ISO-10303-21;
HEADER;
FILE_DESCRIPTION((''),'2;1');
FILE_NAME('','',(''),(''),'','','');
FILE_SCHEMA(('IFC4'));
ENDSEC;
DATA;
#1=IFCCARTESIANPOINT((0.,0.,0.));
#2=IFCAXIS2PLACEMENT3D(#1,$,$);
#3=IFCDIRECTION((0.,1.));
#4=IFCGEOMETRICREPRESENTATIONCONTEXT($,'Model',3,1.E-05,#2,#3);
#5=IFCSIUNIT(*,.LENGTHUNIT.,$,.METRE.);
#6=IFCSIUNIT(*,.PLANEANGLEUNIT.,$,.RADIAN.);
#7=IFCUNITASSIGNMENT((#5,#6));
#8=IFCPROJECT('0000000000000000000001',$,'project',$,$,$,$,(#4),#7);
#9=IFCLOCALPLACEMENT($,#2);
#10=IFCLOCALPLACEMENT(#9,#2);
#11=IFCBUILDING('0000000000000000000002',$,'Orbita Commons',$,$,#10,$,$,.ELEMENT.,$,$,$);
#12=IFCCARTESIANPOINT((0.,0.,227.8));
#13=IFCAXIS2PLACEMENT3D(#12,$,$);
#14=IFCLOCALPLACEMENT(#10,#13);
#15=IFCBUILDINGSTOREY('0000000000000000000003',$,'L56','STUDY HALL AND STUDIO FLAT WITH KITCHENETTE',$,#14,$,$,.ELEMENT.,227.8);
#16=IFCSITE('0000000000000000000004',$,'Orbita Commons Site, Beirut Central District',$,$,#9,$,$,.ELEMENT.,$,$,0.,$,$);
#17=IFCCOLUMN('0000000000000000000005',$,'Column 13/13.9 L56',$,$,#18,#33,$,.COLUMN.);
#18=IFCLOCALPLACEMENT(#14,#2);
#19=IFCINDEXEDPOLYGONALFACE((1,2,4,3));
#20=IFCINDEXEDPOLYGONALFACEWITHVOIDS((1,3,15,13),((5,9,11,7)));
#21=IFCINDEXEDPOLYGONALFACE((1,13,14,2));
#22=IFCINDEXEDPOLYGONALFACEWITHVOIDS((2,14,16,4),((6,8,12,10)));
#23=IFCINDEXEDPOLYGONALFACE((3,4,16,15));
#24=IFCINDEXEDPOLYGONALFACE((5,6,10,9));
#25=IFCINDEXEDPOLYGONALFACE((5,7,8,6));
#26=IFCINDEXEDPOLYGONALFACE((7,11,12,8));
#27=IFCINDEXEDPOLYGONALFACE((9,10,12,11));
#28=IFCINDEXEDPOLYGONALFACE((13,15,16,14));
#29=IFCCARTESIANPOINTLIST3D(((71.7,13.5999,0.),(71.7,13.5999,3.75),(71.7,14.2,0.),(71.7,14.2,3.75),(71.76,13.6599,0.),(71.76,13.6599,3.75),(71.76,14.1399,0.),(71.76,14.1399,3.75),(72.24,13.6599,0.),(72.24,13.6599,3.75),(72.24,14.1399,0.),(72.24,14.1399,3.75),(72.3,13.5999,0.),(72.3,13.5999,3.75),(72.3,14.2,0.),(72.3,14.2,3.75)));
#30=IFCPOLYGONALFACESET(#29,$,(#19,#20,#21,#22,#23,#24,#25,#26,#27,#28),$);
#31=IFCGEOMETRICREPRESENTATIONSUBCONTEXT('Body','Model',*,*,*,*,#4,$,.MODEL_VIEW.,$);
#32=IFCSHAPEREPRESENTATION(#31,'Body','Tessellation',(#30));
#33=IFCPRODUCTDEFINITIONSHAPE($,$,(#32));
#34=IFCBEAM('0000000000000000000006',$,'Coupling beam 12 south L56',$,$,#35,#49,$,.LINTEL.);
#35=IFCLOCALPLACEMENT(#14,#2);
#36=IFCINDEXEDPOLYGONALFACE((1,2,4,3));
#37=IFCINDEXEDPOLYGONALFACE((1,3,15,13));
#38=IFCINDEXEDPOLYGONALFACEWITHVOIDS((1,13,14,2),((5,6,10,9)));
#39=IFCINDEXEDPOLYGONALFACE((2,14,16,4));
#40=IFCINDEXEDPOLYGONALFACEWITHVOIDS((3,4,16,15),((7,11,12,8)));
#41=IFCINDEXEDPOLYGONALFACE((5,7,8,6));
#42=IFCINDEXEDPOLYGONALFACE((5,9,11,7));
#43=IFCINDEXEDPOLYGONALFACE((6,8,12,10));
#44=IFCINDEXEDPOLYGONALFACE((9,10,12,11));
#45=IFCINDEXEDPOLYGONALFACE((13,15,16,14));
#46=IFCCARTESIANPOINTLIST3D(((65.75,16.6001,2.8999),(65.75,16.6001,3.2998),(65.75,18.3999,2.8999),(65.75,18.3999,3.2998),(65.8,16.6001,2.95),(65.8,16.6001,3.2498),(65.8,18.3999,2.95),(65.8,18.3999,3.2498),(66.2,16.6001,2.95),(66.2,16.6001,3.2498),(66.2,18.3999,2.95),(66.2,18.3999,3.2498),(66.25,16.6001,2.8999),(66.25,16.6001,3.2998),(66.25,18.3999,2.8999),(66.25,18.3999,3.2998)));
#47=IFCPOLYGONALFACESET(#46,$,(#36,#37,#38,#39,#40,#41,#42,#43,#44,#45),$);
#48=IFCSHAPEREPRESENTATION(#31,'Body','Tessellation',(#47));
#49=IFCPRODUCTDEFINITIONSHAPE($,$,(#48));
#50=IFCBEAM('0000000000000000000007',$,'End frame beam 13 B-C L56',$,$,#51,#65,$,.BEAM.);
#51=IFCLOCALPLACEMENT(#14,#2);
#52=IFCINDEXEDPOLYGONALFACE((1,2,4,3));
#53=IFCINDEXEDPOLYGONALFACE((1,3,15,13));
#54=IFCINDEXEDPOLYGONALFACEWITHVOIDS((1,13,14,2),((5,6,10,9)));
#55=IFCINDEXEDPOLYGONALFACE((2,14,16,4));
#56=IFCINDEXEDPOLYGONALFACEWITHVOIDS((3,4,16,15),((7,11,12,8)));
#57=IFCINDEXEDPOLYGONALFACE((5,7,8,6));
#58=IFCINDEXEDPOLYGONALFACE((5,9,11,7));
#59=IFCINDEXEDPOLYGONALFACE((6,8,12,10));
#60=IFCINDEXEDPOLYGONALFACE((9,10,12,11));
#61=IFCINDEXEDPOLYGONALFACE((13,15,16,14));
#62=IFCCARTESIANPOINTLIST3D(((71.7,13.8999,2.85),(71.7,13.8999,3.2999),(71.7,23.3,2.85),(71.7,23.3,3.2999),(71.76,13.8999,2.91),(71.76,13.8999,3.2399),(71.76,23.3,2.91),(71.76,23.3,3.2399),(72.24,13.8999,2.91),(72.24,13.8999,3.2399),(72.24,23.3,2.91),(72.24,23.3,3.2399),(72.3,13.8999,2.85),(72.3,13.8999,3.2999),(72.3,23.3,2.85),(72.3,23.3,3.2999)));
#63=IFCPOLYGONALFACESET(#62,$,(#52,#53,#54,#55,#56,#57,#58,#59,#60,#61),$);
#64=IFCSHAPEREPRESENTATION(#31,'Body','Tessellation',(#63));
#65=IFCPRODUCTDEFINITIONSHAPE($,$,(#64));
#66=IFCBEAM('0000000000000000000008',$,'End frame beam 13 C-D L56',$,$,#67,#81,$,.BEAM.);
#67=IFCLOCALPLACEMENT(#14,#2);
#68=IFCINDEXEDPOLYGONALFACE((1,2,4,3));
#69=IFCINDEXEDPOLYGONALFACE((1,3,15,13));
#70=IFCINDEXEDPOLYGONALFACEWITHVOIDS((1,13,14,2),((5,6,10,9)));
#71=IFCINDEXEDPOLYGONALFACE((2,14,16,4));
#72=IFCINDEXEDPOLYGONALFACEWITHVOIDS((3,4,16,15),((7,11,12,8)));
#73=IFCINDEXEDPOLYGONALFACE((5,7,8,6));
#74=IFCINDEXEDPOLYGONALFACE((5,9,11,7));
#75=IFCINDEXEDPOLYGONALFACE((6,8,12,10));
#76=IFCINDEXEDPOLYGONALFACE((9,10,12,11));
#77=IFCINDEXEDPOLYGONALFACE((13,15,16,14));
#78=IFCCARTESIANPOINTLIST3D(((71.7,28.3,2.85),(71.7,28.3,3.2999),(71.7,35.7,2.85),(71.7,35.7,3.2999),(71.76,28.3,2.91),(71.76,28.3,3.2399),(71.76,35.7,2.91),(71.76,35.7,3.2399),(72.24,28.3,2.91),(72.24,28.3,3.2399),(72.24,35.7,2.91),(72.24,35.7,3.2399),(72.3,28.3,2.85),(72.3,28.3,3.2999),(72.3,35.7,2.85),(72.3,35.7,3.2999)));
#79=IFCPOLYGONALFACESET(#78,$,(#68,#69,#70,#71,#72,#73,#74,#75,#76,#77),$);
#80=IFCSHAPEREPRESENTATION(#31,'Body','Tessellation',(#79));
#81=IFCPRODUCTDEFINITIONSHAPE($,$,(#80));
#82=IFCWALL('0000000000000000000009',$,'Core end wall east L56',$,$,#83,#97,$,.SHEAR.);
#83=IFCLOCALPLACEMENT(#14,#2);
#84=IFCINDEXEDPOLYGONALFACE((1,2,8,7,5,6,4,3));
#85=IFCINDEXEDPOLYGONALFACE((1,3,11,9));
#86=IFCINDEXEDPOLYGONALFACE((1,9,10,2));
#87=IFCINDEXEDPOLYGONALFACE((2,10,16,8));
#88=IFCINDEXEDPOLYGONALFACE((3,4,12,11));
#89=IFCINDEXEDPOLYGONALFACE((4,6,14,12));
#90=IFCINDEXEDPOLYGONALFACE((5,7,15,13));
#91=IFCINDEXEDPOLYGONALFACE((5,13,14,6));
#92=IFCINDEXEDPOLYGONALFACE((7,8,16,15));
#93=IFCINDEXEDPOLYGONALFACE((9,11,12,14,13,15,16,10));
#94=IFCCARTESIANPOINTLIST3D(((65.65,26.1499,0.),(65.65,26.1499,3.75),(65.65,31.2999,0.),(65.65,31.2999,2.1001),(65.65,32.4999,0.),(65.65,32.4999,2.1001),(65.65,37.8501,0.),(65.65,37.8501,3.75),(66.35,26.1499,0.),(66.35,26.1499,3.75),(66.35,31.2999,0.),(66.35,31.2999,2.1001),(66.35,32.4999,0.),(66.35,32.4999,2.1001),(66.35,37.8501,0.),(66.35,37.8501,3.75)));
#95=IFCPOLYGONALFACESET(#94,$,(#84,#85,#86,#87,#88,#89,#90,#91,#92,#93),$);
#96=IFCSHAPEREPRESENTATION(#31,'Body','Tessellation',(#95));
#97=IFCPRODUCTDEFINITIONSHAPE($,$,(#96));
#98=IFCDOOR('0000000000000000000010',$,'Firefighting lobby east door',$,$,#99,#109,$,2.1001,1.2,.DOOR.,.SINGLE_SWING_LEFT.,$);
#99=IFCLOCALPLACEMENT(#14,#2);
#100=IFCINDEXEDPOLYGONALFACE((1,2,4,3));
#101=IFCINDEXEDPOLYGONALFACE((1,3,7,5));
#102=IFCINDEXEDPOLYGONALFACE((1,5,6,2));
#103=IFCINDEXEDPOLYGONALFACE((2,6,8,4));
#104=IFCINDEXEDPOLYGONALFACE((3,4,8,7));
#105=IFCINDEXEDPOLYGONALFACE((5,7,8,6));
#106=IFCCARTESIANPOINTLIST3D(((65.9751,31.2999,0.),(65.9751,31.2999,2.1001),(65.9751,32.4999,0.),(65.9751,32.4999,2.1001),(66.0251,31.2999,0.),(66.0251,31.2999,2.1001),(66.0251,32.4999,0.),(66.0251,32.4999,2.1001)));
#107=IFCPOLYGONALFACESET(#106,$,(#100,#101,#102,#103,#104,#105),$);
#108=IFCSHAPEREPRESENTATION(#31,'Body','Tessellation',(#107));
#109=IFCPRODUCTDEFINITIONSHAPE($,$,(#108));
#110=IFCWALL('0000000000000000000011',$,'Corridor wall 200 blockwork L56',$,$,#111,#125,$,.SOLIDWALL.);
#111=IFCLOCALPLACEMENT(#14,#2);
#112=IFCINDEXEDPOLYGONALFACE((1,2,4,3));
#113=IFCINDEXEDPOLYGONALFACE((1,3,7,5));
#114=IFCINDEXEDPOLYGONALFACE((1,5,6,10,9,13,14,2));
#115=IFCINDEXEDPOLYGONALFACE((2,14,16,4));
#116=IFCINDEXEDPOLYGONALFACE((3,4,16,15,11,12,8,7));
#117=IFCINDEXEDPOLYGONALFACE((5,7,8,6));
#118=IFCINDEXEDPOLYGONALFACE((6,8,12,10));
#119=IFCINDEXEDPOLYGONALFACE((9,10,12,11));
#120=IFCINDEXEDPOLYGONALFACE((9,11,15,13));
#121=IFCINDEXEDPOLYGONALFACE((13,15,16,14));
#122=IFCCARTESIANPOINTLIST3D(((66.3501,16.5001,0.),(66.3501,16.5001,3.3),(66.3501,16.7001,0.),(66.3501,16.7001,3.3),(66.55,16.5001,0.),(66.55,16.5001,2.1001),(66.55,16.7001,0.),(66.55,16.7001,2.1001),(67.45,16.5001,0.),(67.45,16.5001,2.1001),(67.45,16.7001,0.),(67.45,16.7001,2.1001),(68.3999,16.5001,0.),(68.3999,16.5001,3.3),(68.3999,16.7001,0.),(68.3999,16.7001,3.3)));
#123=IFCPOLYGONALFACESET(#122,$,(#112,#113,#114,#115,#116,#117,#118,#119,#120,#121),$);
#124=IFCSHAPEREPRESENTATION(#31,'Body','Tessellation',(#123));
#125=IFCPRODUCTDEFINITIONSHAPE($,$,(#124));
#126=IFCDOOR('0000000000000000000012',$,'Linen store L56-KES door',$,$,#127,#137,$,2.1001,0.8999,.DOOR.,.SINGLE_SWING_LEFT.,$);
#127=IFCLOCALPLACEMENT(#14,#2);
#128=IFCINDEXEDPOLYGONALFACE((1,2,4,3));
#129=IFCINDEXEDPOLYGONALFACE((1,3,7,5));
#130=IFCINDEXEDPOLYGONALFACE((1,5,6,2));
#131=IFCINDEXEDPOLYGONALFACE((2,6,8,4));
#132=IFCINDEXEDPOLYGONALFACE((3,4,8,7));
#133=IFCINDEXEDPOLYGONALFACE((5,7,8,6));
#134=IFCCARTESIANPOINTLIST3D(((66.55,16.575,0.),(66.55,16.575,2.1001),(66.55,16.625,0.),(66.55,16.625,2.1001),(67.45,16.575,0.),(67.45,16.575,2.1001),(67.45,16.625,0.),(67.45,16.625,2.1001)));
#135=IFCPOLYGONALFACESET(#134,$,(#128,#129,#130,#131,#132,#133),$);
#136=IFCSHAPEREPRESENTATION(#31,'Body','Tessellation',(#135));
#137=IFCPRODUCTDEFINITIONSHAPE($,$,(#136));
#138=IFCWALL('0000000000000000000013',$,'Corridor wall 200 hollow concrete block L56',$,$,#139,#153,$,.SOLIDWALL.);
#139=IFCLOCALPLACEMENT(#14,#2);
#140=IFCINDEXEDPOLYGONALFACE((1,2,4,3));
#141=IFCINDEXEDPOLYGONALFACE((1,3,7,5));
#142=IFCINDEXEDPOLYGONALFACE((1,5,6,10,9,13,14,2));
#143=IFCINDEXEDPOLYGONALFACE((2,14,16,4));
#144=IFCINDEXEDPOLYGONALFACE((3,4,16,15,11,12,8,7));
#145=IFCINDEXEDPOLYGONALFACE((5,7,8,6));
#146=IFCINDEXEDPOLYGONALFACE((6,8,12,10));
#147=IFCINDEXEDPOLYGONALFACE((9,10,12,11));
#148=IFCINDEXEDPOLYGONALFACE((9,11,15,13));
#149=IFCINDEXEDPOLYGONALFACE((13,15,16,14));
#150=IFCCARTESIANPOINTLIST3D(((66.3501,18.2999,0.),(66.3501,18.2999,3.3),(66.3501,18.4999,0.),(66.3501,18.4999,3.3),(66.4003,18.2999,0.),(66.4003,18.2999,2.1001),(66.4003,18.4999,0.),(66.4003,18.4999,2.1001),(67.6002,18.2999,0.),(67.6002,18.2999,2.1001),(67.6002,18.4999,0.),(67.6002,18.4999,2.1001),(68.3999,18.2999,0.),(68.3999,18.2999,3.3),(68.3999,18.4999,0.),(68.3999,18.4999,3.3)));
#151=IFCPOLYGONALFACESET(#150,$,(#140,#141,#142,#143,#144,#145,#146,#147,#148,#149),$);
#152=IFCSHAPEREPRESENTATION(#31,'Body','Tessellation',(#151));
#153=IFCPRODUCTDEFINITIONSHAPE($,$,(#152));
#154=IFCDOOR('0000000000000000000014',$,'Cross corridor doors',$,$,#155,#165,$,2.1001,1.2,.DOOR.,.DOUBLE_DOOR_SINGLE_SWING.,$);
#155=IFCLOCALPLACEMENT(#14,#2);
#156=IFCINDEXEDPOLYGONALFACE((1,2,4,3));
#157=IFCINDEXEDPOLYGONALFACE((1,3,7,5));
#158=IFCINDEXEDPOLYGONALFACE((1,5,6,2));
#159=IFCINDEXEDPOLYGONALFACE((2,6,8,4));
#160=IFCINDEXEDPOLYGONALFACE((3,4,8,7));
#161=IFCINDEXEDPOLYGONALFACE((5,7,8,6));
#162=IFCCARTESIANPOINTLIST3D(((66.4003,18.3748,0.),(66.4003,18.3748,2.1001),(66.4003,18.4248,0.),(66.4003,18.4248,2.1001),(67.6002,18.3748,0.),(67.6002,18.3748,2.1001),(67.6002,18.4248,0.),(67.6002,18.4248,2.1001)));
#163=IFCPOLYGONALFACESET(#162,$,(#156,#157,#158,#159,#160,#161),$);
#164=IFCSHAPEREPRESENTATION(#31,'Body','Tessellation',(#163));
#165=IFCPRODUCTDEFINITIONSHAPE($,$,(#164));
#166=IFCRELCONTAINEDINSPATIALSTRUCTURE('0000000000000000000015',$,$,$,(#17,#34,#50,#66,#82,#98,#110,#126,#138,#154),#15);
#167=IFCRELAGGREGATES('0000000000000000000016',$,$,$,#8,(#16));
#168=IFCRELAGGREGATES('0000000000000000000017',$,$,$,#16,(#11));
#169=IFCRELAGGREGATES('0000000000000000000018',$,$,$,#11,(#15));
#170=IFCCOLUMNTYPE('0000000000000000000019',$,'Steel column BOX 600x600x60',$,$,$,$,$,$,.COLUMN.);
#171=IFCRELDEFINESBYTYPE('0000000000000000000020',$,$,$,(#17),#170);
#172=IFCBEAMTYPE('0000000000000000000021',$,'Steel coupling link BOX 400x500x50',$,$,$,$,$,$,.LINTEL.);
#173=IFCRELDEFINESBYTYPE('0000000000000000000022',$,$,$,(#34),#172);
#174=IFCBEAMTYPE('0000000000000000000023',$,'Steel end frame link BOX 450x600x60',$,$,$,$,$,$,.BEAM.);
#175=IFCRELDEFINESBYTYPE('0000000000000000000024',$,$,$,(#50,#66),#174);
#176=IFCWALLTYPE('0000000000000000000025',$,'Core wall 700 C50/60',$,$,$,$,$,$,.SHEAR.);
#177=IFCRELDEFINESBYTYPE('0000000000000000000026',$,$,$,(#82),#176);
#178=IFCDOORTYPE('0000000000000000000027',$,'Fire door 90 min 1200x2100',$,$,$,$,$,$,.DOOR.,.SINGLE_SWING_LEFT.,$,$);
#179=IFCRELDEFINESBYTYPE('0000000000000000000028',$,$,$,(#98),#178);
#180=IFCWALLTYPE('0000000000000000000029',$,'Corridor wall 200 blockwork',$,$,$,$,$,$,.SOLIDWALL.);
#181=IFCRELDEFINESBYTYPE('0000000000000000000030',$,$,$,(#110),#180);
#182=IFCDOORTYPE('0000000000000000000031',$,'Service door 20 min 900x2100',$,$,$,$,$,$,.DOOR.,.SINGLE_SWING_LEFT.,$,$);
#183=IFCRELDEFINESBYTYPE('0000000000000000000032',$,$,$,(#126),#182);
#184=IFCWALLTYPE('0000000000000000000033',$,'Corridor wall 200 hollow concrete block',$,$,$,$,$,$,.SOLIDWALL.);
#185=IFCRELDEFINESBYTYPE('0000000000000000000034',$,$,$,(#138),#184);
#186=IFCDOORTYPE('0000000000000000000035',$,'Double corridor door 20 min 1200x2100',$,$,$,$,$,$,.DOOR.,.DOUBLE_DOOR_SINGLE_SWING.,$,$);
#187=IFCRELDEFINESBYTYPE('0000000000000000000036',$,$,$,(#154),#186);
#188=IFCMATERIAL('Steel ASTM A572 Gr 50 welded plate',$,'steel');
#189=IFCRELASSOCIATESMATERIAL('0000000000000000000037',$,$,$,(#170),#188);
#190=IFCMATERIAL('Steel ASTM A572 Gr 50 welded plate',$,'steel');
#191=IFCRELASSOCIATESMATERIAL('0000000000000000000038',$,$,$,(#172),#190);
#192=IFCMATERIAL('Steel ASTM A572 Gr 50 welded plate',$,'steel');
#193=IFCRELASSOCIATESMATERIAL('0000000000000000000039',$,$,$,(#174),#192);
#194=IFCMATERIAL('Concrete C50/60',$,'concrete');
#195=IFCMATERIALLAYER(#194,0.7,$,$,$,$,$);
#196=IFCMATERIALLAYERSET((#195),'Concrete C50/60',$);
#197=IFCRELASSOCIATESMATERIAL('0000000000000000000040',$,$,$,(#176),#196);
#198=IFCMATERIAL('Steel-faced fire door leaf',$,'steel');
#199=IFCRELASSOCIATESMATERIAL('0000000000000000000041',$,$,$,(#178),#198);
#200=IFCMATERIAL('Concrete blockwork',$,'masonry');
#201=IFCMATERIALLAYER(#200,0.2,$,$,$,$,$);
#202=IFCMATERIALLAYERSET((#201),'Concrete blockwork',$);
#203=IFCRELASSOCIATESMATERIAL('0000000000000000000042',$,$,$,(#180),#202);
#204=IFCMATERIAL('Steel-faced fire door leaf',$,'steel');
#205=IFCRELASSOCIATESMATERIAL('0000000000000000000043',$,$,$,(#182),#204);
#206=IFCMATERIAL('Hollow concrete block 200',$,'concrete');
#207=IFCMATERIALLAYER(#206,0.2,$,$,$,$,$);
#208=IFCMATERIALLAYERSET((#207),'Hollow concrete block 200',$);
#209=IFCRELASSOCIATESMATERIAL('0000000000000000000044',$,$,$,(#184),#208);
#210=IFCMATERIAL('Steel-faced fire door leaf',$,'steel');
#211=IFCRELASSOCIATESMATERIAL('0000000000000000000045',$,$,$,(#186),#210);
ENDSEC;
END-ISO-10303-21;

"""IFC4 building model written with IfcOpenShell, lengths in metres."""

from ifc_helpers import new_model, si_unit, direction, frame, frame_2d, origin, origin_2d, place, context, subcontext, project, spatial, rectangle, hollow_rectangle, extrude, material, layer, layer_set, material_profile, profile_set, type_object, element, fill, save


model = new_model("IFC4")

# Units and contexts
model_context = context("Model", 3, precision=1e-05, world=origin(), true_north=direction((0.0, 1.0)))
body_context = subcontext(model_context, "Body", "Model", "MODEL_VIEW")
ifc_project = project(units=[si_unit("LENGTHUNIT", "METRE"), si_unit("PLANEANGLEUNIT", "RADIAN")], contexts=[model_context])

# Site, building, storey
site_placement = place(None, origin())
site = spatial("IfcSite", under=ifc_project, at=site_placement, Name="Orbita Commons Site, Beirut Central District", CompositionType="ELEMENT", RefElevation=0.0)
building_placement = place(site_placement, origin())
building = spatial("IfcBuilding", under=site, at=building_placement, Name="Orbita Commons", CompositionType="ELEMENT")
storey_placement = place(building_placement, frame((0.0, 0.0, 227.8)))
storey = spatial("IfcBuildingStorey", under=building, at=storey_placement, Name="L56", Description="STUDY HALL AND STUDIO FLAT WITH KITCHENETTE", CompositionType="ELEMENT", Elevation=227.8)

# Column
ifc_material_1 = material(Name="Steel ASTM A572 Gr 50 welded plate", Category="steel")
ifc_material_profile_1 = material_profile(ifc_material_1, hollow_rectangle(XDim=0.6001, YDim=0.6001, WallThickness=0.0601, at=origin_2d()), Name="BOX 600x600x60")
ifc_profile_set_1 = profile_set([ifc_material_profile_1], Name="Steel ASTM A572 Gr 50 welded plate")
column_type = type_object("IfcColumnType", Name="Steel column BOX 600x600x60", PredefinedType="COLUMN", material=ifc_profile_set_1)
column_placement = place(storey_placement, frame((72.0, 13.8999, 0.0), z_axis=(0.0, 0.0, 1.0), x_axis=(1.0, 0.0, 0.0)))
element("IfcColumn", 1, at=column_placement, inside=storey, type_object=column_type, Name="Column 13/13.9 L56", PredefinedType="COLUMN", context=body_context, shape_type="SweptSolid", body=[
    extrude(hollow_rectangle(XDim=0.6001, YDim=0.6001, WallThickness=0.0601, at=origin_2d()), origin(), (0.0, 0.0, 1.0), 3.75),
])

# Beams
ifc_material_2 = material(Name="Steel ASTM A572 Gr 50 welded plate", Category="steel")
ifc_material_profile_2 = material_profile(ifc_material_2, hollow_rectangle(XDim=0.5, YDim=0.3999, WallThickness=0.05, at=origin_2d()), Name="BOX 400x500x50")
ifc_profile_set_2 = profile_set([ifc_material_profile_2], Name="Steel ASTM A572 Gr 50 welded plate")
beam_type_1 = type_object("IfcBeamType", Name="Steel coupling link BOX 400x500x50", PredefinedType="LINTEL", material=ifc_profile_set_2)
beam_1_placement = place(storey_placement, frame((66.0, 16.6001, 3.0999), z_axis=(0.0, 1.0, 0.0), x_axis=(-1.0, 0.0, 0.0)))
element("IfcBeam", 2, at=beam_1_placement, inside=storey, type_object=beam_type_1, Name="Coupling beam 12 south L56", PredefinedType="LINTEL", context=body_context, shape_type="SweptSolid", body=[
    extrude(hollow_rectangle(XDim=0.5, YDim=0.3999, WallThickness=0.05, at=origin_2d()), origin(), (0.0, 0.0, 1.0), 1.7998),
])
ifc_material_3 = material(Name="Steel ASTM A572 Gr 50 welded plate", Category="steel")
ifc_material_profile_3 = material_profile(ifc_material_3, hollow_rectangle(XDim=0.6001, YDim=0.45, WallThickness=0.0601, at=origin_2d()), Name="BOX 450x600x60")
ifc_profile_set_3 = profile_set([ifc_material_profile_3], Name="Steel ASTM A572 Gr 50 welded plate")
beam_type_2 = type_object("IfcBeamType", Name="Steel end frame link BOX 450x600x60", PredefinedType="BEAM", material=ifc_profile_set_3)
beam_2_placement = place(storey_placement, frame((72.0, 13.8999, 3.075), z_axis=(0.0, 1.0, 0.0), x_axis=(-1.0, 0.0, 0.0)))
element("IfcBeam", 3, at=beam_2_placement, inside=storey, type_object=beam_type_2, Name="End frame beam 13 B-C L56", PredefinedType="BEAM", context=body_context, shape_type="SweptSolid", body=[
    extrude(hollow_rectangle(XDim=0.6001, YDim=0.45, WallThickness=0.0601, at=origin_2d()), origin(), (0.0, 0.0, 1.0), 9.4001),
])
beam_3_placement = place(storey_placement, frame((72.0, 28.3, 3.075), z_axis=(0.0, 1.0, 0.0), x_axis=(-1.0, 0.0, 0.0)))
element("IfcBeam", 4, at=beam_3_placement, inside=storey, type_object=beam_type_2, Name="End frame beam 13 C-D L56", PredefinedType="BEAM", context=body_context, shape_type="SweptSolid", body=[
    extrude(hollow_rectangle(XDim=0.6001, YDim=0.45, WallThickness=0.0601, at=origin_2d()), origin(), (0.0, 0.0, 1.0), 7.3999),
])

# Walls, openings, doors
ifc_material_4 = material(Name="Concrete C50/60", Category="concrete")
ifc_layer_1 = layer(ifc_material_4, 0.7)
ifc_layer_set_1 = layer_set([ifc_layer_1], Name="Concrete C50/60")
wall_type_1 = type_object("IfcWallType", Name="Core wall 700 C50/60", PredefinedType="SHEAR", material=ifc_layer_set_1)
wall_1_placement = place(storey_placement, frame((66.0, 26.1499, 0.0), z_axis=(0.0, 0.0, 1.0), x_axis=(0.0, 1.0, 0.0)))
wall_1 = element("IfcWall", 5, at=wall_1_placement, inside=storey, type_object=wall_type_1, Name="Core end wall east L56", PredefinedType="SHEAR", context=body_context, shape_type="SweptSolid", body=[
    extrude(rectangle(XDim=11.7002, YDim=0.7, at=frame_2d((5.8501, 0.0))), origin(), (0.0, 0.0, 1.0), 3.75),
])
opening_1_placement = place(wall_1_placement, frame((5.1499, 0.0, 0.0)))
opening_1 = element("IfcOpeningElement", 6, at=opening_1_placement, cuts=wall_1, PredefinedType="OPENING", context=body_context, shape_type="SweptSolid", body=[
    extrude(rectangle(XDim=1.2, YDim=2.1001, at=frame_2d((0.6001, 1.05))), frame((0.0, 0.3599, 0.0), z_axis=(0.0, -1.0, 0.0), x_axis=(1.0, 0.0, 0.0)), (0.0, 0.0, 1.0), 0.72),
])
ifc_material_5 = material(Name="Steel-faced fire door leaf", Category="steel")
door_type_1 = type_object("IfcDoorType", Name="Fire door 90 min 1200x2100", OperationType="SINGLE_SWING_LEFT", PredefinedType="DOOR", material=ifc_material_5)
door_1_placement = place(opening_1_placement, origin())
door_1 = element("IfcDoor", 7, at=door_1_placement, inside=storey, type_object=door_type_1, Name="Firefighting lobby east door", OperationType="SINGLE_SWING_LEFT", OverallHeight=2.1001, OverallWidth=1.2, PredefinedType="DOOR", context=body_context, shape_type="SweptSolid", body=[
    extrude(rectangle(XDim=1.2, YDim=2.1001, at=frame_2d((0.6001, 1.05))), frame((0.0, 0.0249, 0.0), z_axis=(0.0, -1.0, 0.0), x_axis=(1.0, 0.0, 0.0)), (0.0, 0.0, 1.0), 0.05),
])
fill(opening_1, door_1)
ifc_material_6 = material(Name="Concrete blockwork", Category="masonry")
ifc_layer_2 = layer(ifc_material_6, 0.2)
ifc_layer_set_2 = layer_set([ifc_layer_2], Name="Concrete blockwork")
wall_type_2 = type_object("IfcWallType", Name="Corridor wall 200 blockwork", PredefinedType="SOLIDWALL", material=ifc_layer_set_2)
wall_2_placement = place(storey_placement, frame((66.3501, 16.6001, 0.0), z_axis=(0.0, 0.0, 1.0), x_axis=(1.0, 0.0, 0.0)))
wall_2 = element("IfcWall", 8, at=wall_2_placement, inside=storey, type_object=wall_type_2, Name="Corridor wall 200 blockwork L56", PredefinedType="SOLIDWALL", context=body_context, shape_type="SweptSolid", body=[
    extrude(rectangle(XDim=2.0498, YDim=0.2, at=frame_2d((1.0249, 0.0))), origin(), (0.0, 0.0, 1.0), 3.3),
])
opening_2_placement = place(wall_2_placement, frame((0.2, 0.0, 0.0)))
opening_2 = element("IfcOpeningElement", 9, at=opening_2_placement, cuts=wall_2, PredefinedType="OPENING", context=body_context, shape_type="SweptSolid", body=[
    extrude(rectangle(XDim=0.8999, YDim=2.1001, at=frame_2d((0.45, 1.05))), frame((0.0, 0.1099, 0.0), z_axis=(0.0, -1.0, 0.0), x_axis=(1.0, 0.0, 0.0)), (0.0, 0.0, 1.0), 0.22),
])
ifc_material_7 = material(Name="Steel-faced fire door leaf", Category="steel")
door_type_2 = type_object("IfcDoorType", Name="Service door 20 min 900x2100", OperationType="SINGLE_SWING_LEFT", PredefinedType="DOOR", material=ifc_material_7)
door_2_placement = place(opening_2_placement, origin())
door_2 = element("IfcDoor", 10, at=door_2_placement, inside=storey, type_object=door_type_2, Name="Linen store L56-KES door", OperationType="SINGLE_SWING_LEFT", OverallHeight=2.1001, OverallWidth=0.8999, PredefinedType="DOOR", context=body_context, shape_type="SweptSolid", body=[
    extrude(rectangle(XDim=0.8999, YDim=2.1001, at=frame_2d((0.45, 1.05))), frame((0.0, 0.0249, 0.0), z_axis=(0.0, -1.0, 0.0), x_axis=(1.0, 0.0, 0.0)), (0.0, 0.0, 1.0), 0.05),
])
fill(opening_2, door_2)
ifc_material_8 = material(Name="Hollow concrete block 200", Category="concrete")
ifc_layer_3 = layer(ifc_material_8, 0.2)
ifc_layer_set_3 = layer_set([ifc_layer_3], Name="Hollow concrete block 200")
wall_type_3 = type_object("IfcWallType", Name="Corridor wall 200 hollow concrete block", PredefinedType="SOLIDWALL", material=ifc_layer_set_3)
wall_3_placement = place(storey_placement, frame((66.3501, 18.3999, 0.0), z_axis=(0.0, 0.0, 1.0), x_axis=(1.0, 0.0, 0.0)))
wall_3 = element("IfcWall", 11, at=wall_3_placement, inside=storey, type_object=wall_type_3, Name="Corridor wall 200 hollow concrete block L56", PredefinedType="SOLIDWALL", context=body_context, shape_type="SweptSolid", body=[
    extrude(rectangle(XDim=2.0498, YDim=0.2, at=frame_2d((1.0249, 0.0))), origin(), (0.0, 0.0, 1.0), 3.3),
])
opening_3_placement = place(wall_3_placement, frame((0.05, 0.0, 0.0)))
opening_3 = element("IfcOpeningElement", 12, at=opening_3_placement, cuts=wall_3, PredefinedType="OPENING", context=body_context, shape_type="SweptSolid", body=[
    extrude(rectangle(XDim=1.2, YDim=2.1001, at=frame_2d((0.6001, 1.05))), frame((0.0, 0.1099, 0.0), z_axis=(0.0, -1.0, 0.0), x_axis=(1.0, 0.0, 0.0)), (0.0, 0.0, 1.0), 0.22),
])
ifc_material_9 = material(Name="Steel-faced fire door leaf", Category="steel")
door_type_3 = type_object("IfcDoorType", Name="Double corridor door 20 min 1200x2100", OperationType="DOUBLE_DOOR_SINGLE_SWING", PredefinedType="DOOR", material=ifc_material_9)
door_3_placement = place(opening_3_placement, origin())
door_3 = element("IfcDoor", 13, at=door_3_placement, inside=storey, type_object=door_type_3, Name="Cross corridor doors", OperationType="DOUBLE_DOOR_SINGLE_SWING", OverallHeight=2.1001, OverallWidth=1.2, PredefinedType="DOOR", context=body_context, shape_type="SweptSolid", body=[
    extrude(rectangle(XDim=1.2, YDim=2.1001, at=frame_2d((0.6001, 1.05))), frame((0.0, 0.0249, 0.0), z_axis=(0.0, -1.0, 0.0), x_axis=(1.0, 0.0, 0.0)), (0.0, 0.0, 1.0), 0.05),
])
fill(opening_3, door_3)

save(model, "model.ifc")
